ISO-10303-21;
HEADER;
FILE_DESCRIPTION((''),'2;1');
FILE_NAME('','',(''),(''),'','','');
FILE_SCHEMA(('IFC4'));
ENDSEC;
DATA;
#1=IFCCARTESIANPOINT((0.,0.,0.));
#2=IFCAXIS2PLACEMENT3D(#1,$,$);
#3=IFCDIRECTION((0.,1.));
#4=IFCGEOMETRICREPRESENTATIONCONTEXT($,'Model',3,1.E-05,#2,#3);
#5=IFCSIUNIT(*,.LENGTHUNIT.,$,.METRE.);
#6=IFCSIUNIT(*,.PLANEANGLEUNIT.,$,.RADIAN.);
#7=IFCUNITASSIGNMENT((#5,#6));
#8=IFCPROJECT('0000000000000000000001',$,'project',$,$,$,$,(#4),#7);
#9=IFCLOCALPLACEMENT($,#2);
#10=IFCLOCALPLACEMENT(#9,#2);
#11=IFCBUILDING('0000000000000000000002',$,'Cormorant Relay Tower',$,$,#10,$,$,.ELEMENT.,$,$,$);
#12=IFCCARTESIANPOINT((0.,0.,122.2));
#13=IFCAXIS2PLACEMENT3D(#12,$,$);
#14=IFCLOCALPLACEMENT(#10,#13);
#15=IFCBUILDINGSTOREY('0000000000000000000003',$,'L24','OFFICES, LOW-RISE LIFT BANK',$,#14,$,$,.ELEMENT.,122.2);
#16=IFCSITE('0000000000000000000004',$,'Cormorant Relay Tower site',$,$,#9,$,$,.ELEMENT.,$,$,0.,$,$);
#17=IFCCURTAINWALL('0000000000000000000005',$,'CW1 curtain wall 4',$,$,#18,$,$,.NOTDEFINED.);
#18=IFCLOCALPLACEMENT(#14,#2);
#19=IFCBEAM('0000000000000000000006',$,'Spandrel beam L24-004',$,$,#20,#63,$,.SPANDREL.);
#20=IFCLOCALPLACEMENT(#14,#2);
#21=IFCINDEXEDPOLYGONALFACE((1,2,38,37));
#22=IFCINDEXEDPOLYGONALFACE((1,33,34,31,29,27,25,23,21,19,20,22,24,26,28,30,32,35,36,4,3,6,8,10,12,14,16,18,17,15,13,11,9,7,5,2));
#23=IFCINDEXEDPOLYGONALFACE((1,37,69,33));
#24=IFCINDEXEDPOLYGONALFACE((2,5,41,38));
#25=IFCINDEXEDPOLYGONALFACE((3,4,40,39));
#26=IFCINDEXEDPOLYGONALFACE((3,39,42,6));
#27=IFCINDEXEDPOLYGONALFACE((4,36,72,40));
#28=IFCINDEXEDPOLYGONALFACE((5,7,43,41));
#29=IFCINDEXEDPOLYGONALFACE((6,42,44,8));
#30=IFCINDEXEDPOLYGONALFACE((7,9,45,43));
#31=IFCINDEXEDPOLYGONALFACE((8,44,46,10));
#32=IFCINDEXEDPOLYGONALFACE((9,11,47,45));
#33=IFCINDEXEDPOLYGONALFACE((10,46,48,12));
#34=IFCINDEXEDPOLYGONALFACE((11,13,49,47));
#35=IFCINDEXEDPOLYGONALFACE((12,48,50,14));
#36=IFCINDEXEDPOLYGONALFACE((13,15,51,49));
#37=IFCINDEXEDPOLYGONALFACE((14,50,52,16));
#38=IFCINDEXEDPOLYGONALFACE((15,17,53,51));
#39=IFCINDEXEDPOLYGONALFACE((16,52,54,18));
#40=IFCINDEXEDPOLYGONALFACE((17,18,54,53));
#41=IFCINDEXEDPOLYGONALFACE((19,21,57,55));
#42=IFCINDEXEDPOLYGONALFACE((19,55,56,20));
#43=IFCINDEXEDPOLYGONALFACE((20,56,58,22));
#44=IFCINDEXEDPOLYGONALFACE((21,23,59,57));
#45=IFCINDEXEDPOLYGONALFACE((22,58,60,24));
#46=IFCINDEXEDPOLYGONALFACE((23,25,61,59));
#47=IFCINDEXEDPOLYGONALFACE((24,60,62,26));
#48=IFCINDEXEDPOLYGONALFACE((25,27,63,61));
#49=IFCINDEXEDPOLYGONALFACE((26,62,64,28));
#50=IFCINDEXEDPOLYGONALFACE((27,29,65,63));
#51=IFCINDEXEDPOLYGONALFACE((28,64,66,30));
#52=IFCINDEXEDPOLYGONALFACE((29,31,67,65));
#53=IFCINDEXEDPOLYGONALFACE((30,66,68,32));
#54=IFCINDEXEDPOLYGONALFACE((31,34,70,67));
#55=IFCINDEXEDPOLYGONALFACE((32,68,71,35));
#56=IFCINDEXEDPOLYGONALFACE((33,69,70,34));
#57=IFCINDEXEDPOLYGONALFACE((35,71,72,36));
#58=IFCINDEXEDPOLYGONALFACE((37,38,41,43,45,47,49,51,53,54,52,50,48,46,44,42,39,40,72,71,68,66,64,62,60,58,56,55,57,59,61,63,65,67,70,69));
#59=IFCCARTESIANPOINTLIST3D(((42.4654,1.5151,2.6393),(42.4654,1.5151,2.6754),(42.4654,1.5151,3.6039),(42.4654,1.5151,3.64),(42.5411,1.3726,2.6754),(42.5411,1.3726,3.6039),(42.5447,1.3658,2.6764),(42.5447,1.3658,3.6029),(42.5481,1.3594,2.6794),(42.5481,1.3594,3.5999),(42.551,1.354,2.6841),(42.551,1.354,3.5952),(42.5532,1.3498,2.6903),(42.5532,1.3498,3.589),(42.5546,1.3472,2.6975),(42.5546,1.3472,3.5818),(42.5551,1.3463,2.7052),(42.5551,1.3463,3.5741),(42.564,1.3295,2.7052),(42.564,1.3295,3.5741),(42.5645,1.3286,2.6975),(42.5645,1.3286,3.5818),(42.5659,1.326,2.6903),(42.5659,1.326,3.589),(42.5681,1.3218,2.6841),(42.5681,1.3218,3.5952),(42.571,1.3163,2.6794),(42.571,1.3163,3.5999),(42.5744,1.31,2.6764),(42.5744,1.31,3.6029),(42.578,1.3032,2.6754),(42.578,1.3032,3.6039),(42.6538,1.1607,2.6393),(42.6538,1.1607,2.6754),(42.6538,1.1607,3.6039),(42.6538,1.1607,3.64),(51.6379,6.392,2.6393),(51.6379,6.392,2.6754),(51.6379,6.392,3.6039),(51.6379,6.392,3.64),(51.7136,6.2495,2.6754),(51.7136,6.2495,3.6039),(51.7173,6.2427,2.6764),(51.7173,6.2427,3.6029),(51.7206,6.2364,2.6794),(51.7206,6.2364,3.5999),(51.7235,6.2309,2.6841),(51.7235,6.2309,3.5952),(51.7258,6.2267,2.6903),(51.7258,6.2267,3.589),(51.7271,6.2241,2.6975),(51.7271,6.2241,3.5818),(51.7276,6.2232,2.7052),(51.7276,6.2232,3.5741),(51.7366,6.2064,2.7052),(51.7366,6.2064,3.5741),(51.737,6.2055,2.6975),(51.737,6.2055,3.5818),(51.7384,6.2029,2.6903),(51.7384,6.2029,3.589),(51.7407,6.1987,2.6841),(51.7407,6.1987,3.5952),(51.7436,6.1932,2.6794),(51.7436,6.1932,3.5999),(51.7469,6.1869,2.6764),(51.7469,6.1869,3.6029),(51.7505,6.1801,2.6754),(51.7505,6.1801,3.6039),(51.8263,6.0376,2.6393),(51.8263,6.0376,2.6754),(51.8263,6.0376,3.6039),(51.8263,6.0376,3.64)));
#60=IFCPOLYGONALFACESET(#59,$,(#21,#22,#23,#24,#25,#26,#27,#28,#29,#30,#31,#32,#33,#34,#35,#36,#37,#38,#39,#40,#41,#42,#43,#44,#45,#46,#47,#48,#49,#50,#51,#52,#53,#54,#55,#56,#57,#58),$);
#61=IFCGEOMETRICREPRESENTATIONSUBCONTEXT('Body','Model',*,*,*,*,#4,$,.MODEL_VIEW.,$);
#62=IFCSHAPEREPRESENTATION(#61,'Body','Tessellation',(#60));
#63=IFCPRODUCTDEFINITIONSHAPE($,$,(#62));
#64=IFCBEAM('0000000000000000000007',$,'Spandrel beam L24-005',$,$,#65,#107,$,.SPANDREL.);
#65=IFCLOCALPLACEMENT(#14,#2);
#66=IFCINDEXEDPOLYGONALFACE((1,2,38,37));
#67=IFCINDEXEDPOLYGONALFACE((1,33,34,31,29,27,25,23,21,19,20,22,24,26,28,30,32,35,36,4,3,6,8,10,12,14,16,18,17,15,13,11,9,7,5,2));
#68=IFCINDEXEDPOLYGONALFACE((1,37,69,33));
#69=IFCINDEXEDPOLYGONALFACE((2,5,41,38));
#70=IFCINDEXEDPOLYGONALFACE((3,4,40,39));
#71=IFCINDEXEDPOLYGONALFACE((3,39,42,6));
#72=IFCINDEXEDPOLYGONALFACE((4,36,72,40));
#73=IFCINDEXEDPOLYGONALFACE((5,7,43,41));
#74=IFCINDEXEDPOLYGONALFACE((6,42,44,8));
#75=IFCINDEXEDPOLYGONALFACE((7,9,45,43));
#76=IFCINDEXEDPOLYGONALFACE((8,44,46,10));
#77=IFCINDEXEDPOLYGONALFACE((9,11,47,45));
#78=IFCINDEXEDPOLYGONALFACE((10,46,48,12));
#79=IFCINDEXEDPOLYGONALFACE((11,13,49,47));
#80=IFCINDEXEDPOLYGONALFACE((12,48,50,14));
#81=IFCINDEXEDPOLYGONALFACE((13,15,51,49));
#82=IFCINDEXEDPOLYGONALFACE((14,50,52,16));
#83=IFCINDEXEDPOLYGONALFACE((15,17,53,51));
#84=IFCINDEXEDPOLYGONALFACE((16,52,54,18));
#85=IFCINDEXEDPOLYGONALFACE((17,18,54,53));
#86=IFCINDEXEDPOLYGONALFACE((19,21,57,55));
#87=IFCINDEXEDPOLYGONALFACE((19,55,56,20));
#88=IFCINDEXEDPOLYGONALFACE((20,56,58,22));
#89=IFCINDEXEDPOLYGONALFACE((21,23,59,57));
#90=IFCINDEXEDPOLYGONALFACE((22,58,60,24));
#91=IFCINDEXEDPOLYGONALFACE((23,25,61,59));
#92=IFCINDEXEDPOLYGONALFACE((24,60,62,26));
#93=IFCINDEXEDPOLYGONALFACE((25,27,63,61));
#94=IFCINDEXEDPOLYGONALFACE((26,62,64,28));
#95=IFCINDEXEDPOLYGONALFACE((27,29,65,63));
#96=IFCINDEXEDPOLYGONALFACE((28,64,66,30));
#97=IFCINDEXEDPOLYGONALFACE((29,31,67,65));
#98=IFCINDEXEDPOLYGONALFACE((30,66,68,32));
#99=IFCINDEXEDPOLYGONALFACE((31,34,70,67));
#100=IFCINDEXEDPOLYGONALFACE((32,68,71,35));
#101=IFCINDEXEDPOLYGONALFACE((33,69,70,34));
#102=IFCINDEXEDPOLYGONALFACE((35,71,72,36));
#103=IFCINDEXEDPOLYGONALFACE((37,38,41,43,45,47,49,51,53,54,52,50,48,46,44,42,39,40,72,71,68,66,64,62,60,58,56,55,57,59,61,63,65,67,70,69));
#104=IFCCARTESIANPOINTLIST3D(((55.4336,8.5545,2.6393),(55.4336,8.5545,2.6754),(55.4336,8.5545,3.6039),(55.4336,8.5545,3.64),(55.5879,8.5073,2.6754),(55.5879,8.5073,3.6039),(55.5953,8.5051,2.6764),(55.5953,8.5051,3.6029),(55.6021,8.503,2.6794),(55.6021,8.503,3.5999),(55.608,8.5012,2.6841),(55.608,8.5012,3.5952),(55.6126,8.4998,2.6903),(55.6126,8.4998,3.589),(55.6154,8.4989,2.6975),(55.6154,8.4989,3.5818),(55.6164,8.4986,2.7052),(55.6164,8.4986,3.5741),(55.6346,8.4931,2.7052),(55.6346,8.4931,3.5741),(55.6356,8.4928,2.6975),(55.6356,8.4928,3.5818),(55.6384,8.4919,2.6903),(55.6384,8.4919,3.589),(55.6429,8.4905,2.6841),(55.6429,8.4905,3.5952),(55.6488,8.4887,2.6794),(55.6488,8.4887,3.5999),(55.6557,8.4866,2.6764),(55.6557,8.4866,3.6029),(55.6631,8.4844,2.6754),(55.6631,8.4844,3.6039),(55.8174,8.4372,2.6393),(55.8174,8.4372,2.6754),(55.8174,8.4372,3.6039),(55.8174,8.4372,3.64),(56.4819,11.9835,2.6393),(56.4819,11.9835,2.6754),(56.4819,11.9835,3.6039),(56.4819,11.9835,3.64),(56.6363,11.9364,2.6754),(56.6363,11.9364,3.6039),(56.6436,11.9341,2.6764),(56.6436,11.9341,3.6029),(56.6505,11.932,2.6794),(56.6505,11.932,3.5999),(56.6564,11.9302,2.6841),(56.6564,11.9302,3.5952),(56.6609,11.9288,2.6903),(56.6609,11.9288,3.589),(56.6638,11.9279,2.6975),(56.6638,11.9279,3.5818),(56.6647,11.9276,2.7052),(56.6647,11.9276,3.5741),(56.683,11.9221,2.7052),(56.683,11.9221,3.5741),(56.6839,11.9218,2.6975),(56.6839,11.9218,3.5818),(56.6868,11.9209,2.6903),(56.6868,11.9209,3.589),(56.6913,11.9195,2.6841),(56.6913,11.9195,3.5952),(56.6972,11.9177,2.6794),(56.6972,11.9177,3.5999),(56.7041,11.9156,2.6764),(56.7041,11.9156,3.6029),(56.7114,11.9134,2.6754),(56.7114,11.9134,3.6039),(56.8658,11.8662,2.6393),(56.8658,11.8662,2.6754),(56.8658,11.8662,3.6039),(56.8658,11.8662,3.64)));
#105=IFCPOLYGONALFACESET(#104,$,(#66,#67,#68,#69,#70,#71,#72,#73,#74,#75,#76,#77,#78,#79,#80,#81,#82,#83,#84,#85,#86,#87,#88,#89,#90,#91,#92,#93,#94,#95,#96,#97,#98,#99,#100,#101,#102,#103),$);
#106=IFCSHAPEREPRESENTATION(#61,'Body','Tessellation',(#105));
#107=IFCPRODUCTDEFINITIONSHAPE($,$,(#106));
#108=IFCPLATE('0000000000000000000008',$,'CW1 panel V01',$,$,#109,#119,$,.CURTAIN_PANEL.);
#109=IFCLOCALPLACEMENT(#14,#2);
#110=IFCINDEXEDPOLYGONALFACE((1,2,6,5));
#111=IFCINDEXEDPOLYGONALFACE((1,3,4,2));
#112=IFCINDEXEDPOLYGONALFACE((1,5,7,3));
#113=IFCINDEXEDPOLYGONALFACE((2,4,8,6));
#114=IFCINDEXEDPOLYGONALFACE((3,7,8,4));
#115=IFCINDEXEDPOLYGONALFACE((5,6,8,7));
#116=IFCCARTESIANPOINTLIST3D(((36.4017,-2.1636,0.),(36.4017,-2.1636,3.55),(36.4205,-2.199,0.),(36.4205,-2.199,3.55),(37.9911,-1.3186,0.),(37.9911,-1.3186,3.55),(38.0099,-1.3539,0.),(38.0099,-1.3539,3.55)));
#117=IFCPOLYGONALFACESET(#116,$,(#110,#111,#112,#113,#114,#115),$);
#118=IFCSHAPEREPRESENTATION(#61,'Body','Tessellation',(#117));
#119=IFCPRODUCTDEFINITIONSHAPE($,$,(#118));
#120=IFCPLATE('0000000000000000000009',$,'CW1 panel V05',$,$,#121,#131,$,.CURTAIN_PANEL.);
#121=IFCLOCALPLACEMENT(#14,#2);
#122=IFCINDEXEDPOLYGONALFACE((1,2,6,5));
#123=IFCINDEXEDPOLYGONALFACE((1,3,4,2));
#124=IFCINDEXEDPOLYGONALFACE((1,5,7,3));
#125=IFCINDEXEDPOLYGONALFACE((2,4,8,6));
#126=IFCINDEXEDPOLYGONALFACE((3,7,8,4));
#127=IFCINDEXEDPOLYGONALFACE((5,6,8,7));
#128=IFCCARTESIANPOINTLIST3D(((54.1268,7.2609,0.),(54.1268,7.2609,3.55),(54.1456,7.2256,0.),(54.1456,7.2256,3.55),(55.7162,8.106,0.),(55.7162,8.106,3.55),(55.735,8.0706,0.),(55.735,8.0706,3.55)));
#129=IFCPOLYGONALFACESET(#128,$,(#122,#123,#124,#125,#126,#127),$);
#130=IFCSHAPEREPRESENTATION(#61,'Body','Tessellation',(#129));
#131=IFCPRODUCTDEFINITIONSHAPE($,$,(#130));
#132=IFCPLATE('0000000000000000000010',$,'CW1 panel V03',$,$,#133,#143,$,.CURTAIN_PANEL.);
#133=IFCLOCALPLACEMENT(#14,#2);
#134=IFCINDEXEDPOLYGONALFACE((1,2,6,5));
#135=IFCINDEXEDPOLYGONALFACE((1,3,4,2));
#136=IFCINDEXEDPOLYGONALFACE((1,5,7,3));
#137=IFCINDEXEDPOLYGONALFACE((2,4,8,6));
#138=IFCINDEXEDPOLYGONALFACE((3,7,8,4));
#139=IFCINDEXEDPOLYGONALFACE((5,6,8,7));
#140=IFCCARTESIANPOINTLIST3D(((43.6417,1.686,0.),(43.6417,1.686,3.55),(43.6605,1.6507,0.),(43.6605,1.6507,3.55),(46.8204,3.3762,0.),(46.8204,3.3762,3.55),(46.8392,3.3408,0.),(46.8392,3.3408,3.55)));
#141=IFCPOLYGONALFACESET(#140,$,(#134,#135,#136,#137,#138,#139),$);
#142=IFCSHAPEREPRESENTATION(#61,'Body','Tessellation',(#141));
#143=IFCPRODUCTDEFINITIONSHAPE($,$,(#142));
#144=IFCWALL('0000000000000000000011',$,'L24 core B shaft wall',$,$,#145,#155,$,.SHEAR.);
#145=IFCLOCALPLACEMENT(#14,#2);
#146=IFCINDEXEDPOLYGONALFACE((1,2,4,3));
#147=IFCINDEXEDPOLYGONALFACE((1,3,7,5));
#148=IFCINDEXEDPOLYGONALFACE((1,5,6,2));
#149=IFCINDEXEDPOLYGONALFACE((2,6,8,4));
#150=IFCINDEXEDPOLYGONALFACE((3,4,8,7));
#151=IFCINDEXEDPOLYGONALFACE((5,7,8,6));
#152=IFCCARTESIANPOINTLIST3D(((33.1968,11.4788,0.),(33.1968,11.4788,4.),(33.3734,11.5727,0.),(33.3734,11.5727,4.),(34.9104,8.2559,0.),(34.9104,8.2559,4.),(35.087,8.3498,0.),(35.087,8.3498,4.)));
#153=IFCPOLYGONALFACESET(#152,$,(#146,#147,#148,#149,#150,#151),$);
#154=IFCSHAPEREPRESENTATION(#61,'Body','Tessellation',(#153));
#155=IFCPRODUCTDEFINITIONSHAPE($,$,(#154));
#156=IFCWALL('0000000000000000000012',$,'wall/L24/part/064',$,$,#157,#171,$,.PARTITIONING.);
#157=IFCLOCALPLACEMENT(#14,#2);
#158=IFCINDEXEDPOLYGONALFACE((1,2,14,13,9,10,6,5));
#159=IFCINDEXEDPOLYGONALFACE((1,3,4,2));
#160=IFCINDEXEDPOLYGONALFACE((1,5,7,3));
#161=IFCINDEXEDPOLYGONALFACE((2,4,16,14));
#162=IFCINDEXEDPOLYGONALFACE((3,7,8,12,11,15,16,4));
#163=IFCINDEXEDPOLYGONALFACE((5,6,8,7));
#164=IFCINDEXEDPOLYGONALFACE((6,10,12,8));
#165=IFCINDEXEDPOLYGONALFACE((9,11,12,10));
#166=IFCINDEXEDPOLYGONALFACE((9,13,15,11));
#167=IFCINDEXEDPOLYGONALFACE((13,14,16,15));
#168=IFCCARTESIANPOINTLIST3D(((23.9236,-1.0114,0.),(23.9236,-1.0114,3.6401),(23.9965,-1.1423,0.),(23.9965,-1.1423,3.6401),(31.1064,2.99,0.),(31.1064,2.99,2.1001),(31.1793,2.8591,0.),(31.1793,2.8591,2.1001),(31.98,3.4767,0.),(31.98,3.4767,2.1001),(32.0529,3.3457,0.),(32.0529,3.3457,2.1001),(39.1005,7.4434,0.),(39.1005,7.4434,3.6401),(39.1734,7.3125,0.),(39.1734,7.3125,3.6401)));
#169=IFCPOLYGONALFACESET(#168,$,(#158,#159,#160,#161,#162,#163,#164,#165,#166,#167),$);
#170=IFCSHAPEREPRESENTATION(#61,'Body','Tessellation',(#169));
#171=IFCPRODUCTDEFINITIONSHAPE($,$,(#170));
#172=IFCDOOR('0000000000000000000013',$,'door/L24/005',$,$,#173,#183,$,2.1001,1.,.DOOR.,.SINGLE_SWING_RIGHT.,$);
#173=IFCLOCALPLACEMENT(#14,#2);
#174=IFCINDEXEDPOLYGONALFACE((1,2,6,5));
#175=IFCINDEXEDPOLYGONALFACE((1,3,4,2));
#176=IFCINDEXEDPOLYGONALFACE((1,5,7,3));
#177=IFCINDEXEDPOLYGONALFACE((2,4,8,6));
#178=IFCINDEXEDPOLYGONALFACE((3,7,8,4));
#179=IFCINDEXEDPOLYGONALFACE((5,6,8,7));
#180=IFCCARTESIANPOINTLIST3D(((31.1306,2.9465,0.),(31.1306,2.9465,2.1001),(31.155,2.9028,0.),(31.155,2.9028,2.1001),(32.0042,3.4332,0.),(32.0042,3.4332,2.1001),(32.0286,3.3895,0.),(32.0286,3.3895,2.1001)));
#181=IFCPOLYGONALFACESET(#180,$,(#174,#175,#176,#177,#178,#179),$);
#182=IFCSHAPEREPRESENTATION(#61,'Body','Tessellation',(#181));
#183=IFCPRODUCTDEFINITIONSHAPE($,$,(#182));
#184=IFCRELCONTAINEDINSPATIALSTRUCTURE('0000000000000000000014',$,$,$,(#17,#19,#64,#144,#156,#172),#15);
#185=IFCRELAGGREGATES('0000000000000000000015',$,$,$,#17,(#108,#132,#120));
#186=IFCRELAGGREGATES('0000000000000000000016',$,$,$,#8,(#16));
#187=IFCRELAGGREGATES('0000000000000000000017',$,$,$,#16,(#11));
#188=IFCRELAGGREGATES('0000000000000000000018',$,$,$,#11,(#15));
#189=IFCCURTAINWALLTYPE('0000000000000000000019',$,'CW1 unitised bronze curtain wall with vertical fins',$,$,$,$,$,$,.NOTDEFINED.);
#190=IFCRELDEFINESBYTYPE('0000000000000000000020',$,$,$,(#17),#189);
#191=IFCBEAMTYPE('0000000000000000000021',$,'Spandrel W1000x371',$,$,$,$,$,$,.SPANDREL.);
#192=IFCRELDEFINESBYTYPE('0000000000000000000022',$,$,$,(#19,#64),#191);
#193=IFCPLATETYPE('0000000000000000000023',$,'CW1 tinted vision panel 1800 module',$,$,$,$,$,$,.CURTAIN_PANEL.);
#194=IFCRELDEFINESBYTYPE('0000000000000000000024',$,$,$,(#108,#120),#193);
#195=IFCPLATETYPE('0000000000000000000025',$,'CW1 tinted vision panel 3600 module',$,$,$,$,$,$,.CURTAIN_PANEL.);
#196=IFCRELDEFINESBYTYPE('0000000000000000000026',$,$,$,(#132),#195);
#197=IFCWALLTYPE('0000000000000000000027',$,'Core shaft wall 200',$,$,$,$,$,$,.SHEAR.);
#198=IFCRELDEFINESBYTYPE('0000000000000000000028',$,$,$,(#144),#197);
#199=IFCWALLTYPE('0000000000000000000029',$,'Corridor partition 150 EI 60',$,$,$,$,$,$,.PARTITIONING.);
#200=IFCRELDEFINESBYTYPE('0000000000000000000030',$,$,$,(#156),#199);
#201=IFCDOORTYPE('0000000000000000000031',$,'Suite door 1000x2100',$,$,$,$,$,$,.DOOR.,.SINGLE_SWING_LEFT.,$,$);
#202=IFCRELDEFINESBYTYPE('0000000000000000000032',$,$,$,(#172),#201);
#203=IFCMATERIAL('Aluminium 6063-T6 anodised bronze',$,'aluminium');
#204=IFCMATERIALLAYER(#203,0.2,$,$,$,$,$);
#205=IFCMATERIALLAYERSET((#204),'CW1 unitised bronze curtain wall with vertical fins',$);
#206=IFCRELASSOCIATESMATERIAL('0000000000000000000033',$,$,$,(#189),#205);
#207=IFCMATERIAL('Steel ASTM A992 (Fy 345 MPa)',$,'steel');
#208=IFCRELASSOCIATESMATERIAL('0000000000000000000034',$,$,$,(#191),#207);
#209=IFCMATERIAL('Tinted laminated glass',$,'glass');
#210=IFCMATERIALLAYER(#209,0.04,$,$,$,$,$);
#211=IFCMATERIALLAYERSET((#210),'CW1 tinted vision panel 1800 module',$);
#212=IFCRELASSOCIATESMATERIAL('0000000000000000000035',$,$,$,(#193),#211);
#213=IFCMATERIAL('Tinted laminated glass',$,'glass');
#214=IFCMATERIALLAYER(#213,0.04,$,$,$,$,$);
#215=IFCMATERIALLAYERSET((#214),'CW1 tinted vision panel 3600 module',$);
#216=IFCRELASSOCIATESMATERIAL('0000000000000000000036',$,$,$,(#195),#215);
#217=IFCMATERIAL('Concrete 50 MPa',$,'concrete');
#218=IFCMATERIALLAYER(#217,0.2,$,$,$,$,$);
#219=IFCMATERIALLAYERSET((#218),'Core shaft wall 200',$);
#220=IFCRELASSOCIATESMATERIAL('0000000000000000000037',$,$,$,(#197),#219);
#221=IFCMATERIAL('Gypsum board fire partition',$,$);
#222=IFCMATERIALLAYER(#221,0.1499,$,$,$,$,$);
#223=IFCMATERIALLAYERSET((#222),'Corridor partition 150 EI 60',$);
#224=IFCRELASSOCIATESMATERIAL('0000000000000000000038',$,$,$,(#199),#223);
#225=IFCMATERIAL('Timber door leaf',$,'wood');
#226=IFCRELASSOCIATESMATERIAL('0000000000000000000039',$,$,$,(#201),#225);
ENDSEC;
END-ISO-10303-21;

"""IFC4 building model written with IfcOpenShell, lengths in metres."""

from ifc_helpers import new_model, si_unit, direction, frame, frame_2d, origin, origin_2d, place, context, subcontext, project, spatial, rectangle, i_section, extrude, material, layer, layer_set, material_profile, profile_set, type_object, element, fill, aggregate, save


model = new_model("IFC4")

# Units and contexts
model_context = context("Model", 3, precision=1e-05, world=origin(), true_north=direction((0.0, 1.0)))
body_context = subcontext(model_context, "Body", "Model", "MODEL_VIEW")
ifc_project = project(units=[si_unit("LENGTHUNIT", "METRE"), si_unit("PLANEANGLEUNIT", "RADIAN")], contexts=[model_context])

# Site, building, storey
site_placement = place(None, origin())
site = spatial("IfcSite", under=ifc_project, at=site_placement, Name="Cormorant Relay Tower site", CompositionType="ELEMENT", RefElevation=0.0)
building_placement = place(site_placement, origin())
building = spatial("IfcBuilding", under=site, at=building_placement, Name="Cormorant Relay Tower", CompositionType="ELEMENT")
storey_placement = place(building_placement, frame((0.0, 0.0, 122.2)))
storey = spatial("IfcBuildingStorey", under=building, at=storey_placement, Name="L24", Description="OFFICES, LOW-RISE LIFT BANK", CompositionType="ELEMENT", Elevation=122.2)

# Shared definitions
ifc_material_1 = material(Name="Aluminium 6063-T6 anodised bronze", Category="aluminium")
ifc_layer_1 = layer(ifc_material_1, 0.2)
ifc_layer_set_1 = layer_set([ifc_layer_1], Name="CW1 unitised bronze curtain wall with vertical fins")
curtain_wall_type = type_object("IfcCurtainWallType", Name="CW1 unitised bronze curtain wall with vertical fins", PredefinedType="NOTDEFINED", material=ifc_layer_set_1)

# Curtain wall
curtain_wall_1_placement = place(storey_placement, origin())
curtain_wall_1 = element("IfcCurtainWall", 1, at=curtain_wall_1_placement, inside=storey, type_object=curtain_wall_type, Name="CW1 curtain wall 4", PredefinedType="NOTDEFINED")

# Beams
ifc_material_2 = material(Name="Steel ASTM A992 (Fy 345 MPa)", Category="steel")
ifc_material_profile_1 = material_profile(ifc_material_2, i_section(OverallWidth=0.4014, OverallDepth=1.0007, WebThickness=0.019, FlangeThickness=0.0361, FilletRadius=0.0298, at=origin_2d()), Name="W1000x371")
ifc_profile_set_1 = profile_set([ifc_material_profile_1], Name="Steel ASTM A992 (Fy 345 MPa)")
beam_type = type_object("IfcBeamType", Name="Spandrel W1000x371", PredefinedType="SPANDREL", material=ifc_profile_set_1)
beam_1_placement = place(storey_placement, frame((42.5596, 1.3379, 3.1396), z_axis=(0.882956, 0.469456, 0.0), x_axis=(-0.469456, 0.882956, 0.0)))
element("IfcBeam", 2, at=beam_1_placement, inside=storey, type_object=beam_type, Name="Spandrel beam L24-004", PredefinedType="SPANDREL", context=body_context, shape_type="SweptSolid", body=[
    extrude(i_section(OverallWidth=0.4014, OverallDepth=1.0007, WebThickness=0.019, FlangeThickness=0.0361, FilletRadius=0.0298, at=origin_2d()), origin(), (0.0, 0.0, 1.0), 10.3884),
])
beam_2_placement = place(storey_placement, frame((55.6255, 8.4958, 3.1396), z_axis=(0.292372, 0.956305, 0.0), x_axis=(-0.956305, 0.292372, 0.0)))
element("IfcBeam", 3, at=beam_2_placement, inside=storey, type_object=beam_type, Name="Spandrel beam L24-005", PredefinedType="SPANDREL", context=body_context, shape_type="SweptSolid", body=[
    extrude(i_section(OverallWidth=0.4014, OverallDepth=1.0007, WebThickness=0.019, FlangeThickness=0.0361, FilletRadius=0.0298, at=origin_2d()), origin(), (0.0, 0.0, 1.0), 3.5857),
])

# Plates
ifc_material_3 = material(Name="Tinted laminated glass", Category="glass")
ifc_layer_2 = layer(ifc_material_3, 0.04)
ifc_layer_set_2 = layer_set([ifc_layer_2], Name="CW1 tinted vision panel 1800 module")
plate_type_1 = type_object("IfcPlateType", Name="CW1 tinted vision panel 1800 module", PredefinedType="CURTAIN_PANEL", material=ifc_layer_set_2)
plate_1_placement = place(storey_placement, frame((37.2058, -1.7588, 0.0), z_axis=(0.0, 0.0, 1.0), x_axis=(0.882948, 0.469472, 0.0)))
plate_1 = element("IfcPlate", 4, at=plate_1_placement, type_object=plate_type_1, Name="CW1 panel V01", PredefinedType="CURTAIN_PANEL", context=body_context, shape_type="SweptSolid", body=[
    extrude(rectangle(XDim=1.8, YDim=0.04, at=origin_2d()), origin(), (0.0, 0.0, 1.0), 3.55),
])
plate_2_placement = place(storey_placement, frame((54.9309, 7.6658, 0.0), z_axis=(0.0, 0.0, 1.0), x_axis=(0.882948, 0.469472, 0.0)))
plate_2 = element("IfcPlate", 5, at=plate_2_placement, type_object=plate_type_1, Name="CW1 panel V05", PredefinedType="CURTAIN_PANEL", context=body_context, shape_type="SweptSolid", body=[
    extrude(rectangle(XDim=1.8, YDim=0.04, at=origin_2d()), origin(), (0.0, 0.0, 1.0), 3.55),
])
ifc_material_4 = material(Name="Tinted laminated glass", Category="glass")
ifc_layer_3 = layer(ifc_material_4, 0.04)
ifc_layer_set_3 = layer_set([ifc_layer_3], Name="CW1 tinted vision panel 3600 module")
plate_type_2 = type_object("IfcPlateType", Name="CW1 tinted vision panel 3600 module", PredefinedType="CURTAIN_PANEL", material=ifc_layer_set_3)
plate_3_placement = place(storey_placement, frame((45.2405, 2.5134, 0.0), z_axis=(0.0, 0.0, 1.0), x_axis=(0.882948, 0.469472, 0.0)))
plate_3 = element("IfcPlate", 6, at=plate_3_placement, type_object=plate_type_2, Name="CW1 panel V03", PredefinedType="CURTAIN_PANEL", context=body_context, shape_type="SweptSolid", body=[
    extrude(rectangle(XDim=3.6001, YDim=0.04, at=origin_2d()), origin(), (0.0, 0.0, 1.0), 3.55),
])

# Wall
ifc_material_5 = material(Name="Concrete 50 MPa", Category="concrete")
ifc_layer_4 = layer(ifc_material_5, 0.2)
ifc_layer_set_4 = layer_set([ifc_layer_4], Name="Core shaft wall 200")
wall_type_1 = type_object("IfcWallType", Name="Core shaft wall 200", PredefinedType="SHEAR", material=ifc_layer_set_4)
wall_1_placement = place(storey_placement, frame((34.9988, 8.3027, 0.0), z_axis=(0.0, 0.0, 1.0), x_axis=(-0.469467, 0.88295, 0.0)))
element("IfcWall", 7, at=wall_1_placement, inside=storey, type_object=wall_type_1, Name="L24 core B shaft wall", PredefinedType="SHEAR", context=body_context, shape_type="SweptSolid", body=[
    extrude(rectangle(XDim=3.6501, YDim=0.2, at=frame_2d((1.8252, 0.0))), origin(), (0.0, 0.0, 1.0), 4.0),
])

# Wall, opening, door
ifc_material_6 = material(Name="Gypsum board fire partition")
ifc_layer_5 = layer(ifc_material_6, 0.1499)
ifc_layer_set_5 = layer_set([ifc_layer_5], Name="Corridor partition 150 EI 60")
wall_type_2 = type_object("IfcWallType", Name="Corridor partition 150 EI 60", PredefinedType="PARTITIONING", material=ifc_layer_set_5)
wall_2_placement = place(storey_placement, frame((39.137, 7.3779, 0.0), z_axis=(0.0, 0.0, 1.0), x_axis=(-0.873591, -0.486662, 0.0)))
wall_2 = element("IfcWall", 8, at=wall_2_placement, inside=storey, type_object=wall_type_2, Name="wall/L24/part/064", PredefinedType="PARTITIONING", context=body_context, shape_type="SweptSolid", body=[
    extrude(rectangle(XDim=17.373, YDim=0.1499, at=frame_2d((8.6865, 0.0))), origin(), (0.0, 0.0, 1.0), 3.6401),
])
opening_1_placement = place(wall_2_placement, frame((8.1509, 0.0, 0.0)))
opening_1 = element("IfcOpeningElement", 9, at=opening_1_placement, cuts=wall_2, PredefinedType="OPENING", context=body_context, shape_type="SweptSolid", body=[
    extrude(rectangle(XDim=1.0, YDim=2.1001, at=frame_2d((0.5, 1.05))), frame((0.0, 0.085, 0.0), z_axis=(0.0, -1.0, 0.0), x_axis=(1.0, 0.0, 0.0)), (0.0, 0.0, 1.0), 0.1699),
])
ifc_material_7 = material(Name="Timber door leaf", Category="wood")
door_type_1 = type_object("IfcDoorType", Name="Suite door 1000x2100", OperationType="SINGLE_SWING_LEFT", PredefinedType="DOOR", material=ifc_material_7)
door_1_placement = place(opening_1_placement, origin())
door_1 = element("IfcDoor", 10, at=door_1_placement, inside=storey, type_object=door_type_1, Name="door/L24/005", OperationType="SINGLE_SWING_RIGHT", OverallHeight=2.1001, OverallWidth=1.0, PredefinedType="DOOR", context=body_context, shape_type="SweptSolid", body=[
    extrude(rectangle(XDim=1.0, YDim=2.1001, at=frame_2d((0.5, 1.05))), frame((0.0, 0.0249, 0.0), z_axis=(0.0, -1.0, 0.0), x_axis=(1.0, 0.0, 0.0)), (0.0, 0.0, 1.0), 0.05),
])
fill(opening_1, door_1)

aggregate(curtain_wall_1, [plate_1, plate_3, plate_2])

save(model, "model.ifc")
